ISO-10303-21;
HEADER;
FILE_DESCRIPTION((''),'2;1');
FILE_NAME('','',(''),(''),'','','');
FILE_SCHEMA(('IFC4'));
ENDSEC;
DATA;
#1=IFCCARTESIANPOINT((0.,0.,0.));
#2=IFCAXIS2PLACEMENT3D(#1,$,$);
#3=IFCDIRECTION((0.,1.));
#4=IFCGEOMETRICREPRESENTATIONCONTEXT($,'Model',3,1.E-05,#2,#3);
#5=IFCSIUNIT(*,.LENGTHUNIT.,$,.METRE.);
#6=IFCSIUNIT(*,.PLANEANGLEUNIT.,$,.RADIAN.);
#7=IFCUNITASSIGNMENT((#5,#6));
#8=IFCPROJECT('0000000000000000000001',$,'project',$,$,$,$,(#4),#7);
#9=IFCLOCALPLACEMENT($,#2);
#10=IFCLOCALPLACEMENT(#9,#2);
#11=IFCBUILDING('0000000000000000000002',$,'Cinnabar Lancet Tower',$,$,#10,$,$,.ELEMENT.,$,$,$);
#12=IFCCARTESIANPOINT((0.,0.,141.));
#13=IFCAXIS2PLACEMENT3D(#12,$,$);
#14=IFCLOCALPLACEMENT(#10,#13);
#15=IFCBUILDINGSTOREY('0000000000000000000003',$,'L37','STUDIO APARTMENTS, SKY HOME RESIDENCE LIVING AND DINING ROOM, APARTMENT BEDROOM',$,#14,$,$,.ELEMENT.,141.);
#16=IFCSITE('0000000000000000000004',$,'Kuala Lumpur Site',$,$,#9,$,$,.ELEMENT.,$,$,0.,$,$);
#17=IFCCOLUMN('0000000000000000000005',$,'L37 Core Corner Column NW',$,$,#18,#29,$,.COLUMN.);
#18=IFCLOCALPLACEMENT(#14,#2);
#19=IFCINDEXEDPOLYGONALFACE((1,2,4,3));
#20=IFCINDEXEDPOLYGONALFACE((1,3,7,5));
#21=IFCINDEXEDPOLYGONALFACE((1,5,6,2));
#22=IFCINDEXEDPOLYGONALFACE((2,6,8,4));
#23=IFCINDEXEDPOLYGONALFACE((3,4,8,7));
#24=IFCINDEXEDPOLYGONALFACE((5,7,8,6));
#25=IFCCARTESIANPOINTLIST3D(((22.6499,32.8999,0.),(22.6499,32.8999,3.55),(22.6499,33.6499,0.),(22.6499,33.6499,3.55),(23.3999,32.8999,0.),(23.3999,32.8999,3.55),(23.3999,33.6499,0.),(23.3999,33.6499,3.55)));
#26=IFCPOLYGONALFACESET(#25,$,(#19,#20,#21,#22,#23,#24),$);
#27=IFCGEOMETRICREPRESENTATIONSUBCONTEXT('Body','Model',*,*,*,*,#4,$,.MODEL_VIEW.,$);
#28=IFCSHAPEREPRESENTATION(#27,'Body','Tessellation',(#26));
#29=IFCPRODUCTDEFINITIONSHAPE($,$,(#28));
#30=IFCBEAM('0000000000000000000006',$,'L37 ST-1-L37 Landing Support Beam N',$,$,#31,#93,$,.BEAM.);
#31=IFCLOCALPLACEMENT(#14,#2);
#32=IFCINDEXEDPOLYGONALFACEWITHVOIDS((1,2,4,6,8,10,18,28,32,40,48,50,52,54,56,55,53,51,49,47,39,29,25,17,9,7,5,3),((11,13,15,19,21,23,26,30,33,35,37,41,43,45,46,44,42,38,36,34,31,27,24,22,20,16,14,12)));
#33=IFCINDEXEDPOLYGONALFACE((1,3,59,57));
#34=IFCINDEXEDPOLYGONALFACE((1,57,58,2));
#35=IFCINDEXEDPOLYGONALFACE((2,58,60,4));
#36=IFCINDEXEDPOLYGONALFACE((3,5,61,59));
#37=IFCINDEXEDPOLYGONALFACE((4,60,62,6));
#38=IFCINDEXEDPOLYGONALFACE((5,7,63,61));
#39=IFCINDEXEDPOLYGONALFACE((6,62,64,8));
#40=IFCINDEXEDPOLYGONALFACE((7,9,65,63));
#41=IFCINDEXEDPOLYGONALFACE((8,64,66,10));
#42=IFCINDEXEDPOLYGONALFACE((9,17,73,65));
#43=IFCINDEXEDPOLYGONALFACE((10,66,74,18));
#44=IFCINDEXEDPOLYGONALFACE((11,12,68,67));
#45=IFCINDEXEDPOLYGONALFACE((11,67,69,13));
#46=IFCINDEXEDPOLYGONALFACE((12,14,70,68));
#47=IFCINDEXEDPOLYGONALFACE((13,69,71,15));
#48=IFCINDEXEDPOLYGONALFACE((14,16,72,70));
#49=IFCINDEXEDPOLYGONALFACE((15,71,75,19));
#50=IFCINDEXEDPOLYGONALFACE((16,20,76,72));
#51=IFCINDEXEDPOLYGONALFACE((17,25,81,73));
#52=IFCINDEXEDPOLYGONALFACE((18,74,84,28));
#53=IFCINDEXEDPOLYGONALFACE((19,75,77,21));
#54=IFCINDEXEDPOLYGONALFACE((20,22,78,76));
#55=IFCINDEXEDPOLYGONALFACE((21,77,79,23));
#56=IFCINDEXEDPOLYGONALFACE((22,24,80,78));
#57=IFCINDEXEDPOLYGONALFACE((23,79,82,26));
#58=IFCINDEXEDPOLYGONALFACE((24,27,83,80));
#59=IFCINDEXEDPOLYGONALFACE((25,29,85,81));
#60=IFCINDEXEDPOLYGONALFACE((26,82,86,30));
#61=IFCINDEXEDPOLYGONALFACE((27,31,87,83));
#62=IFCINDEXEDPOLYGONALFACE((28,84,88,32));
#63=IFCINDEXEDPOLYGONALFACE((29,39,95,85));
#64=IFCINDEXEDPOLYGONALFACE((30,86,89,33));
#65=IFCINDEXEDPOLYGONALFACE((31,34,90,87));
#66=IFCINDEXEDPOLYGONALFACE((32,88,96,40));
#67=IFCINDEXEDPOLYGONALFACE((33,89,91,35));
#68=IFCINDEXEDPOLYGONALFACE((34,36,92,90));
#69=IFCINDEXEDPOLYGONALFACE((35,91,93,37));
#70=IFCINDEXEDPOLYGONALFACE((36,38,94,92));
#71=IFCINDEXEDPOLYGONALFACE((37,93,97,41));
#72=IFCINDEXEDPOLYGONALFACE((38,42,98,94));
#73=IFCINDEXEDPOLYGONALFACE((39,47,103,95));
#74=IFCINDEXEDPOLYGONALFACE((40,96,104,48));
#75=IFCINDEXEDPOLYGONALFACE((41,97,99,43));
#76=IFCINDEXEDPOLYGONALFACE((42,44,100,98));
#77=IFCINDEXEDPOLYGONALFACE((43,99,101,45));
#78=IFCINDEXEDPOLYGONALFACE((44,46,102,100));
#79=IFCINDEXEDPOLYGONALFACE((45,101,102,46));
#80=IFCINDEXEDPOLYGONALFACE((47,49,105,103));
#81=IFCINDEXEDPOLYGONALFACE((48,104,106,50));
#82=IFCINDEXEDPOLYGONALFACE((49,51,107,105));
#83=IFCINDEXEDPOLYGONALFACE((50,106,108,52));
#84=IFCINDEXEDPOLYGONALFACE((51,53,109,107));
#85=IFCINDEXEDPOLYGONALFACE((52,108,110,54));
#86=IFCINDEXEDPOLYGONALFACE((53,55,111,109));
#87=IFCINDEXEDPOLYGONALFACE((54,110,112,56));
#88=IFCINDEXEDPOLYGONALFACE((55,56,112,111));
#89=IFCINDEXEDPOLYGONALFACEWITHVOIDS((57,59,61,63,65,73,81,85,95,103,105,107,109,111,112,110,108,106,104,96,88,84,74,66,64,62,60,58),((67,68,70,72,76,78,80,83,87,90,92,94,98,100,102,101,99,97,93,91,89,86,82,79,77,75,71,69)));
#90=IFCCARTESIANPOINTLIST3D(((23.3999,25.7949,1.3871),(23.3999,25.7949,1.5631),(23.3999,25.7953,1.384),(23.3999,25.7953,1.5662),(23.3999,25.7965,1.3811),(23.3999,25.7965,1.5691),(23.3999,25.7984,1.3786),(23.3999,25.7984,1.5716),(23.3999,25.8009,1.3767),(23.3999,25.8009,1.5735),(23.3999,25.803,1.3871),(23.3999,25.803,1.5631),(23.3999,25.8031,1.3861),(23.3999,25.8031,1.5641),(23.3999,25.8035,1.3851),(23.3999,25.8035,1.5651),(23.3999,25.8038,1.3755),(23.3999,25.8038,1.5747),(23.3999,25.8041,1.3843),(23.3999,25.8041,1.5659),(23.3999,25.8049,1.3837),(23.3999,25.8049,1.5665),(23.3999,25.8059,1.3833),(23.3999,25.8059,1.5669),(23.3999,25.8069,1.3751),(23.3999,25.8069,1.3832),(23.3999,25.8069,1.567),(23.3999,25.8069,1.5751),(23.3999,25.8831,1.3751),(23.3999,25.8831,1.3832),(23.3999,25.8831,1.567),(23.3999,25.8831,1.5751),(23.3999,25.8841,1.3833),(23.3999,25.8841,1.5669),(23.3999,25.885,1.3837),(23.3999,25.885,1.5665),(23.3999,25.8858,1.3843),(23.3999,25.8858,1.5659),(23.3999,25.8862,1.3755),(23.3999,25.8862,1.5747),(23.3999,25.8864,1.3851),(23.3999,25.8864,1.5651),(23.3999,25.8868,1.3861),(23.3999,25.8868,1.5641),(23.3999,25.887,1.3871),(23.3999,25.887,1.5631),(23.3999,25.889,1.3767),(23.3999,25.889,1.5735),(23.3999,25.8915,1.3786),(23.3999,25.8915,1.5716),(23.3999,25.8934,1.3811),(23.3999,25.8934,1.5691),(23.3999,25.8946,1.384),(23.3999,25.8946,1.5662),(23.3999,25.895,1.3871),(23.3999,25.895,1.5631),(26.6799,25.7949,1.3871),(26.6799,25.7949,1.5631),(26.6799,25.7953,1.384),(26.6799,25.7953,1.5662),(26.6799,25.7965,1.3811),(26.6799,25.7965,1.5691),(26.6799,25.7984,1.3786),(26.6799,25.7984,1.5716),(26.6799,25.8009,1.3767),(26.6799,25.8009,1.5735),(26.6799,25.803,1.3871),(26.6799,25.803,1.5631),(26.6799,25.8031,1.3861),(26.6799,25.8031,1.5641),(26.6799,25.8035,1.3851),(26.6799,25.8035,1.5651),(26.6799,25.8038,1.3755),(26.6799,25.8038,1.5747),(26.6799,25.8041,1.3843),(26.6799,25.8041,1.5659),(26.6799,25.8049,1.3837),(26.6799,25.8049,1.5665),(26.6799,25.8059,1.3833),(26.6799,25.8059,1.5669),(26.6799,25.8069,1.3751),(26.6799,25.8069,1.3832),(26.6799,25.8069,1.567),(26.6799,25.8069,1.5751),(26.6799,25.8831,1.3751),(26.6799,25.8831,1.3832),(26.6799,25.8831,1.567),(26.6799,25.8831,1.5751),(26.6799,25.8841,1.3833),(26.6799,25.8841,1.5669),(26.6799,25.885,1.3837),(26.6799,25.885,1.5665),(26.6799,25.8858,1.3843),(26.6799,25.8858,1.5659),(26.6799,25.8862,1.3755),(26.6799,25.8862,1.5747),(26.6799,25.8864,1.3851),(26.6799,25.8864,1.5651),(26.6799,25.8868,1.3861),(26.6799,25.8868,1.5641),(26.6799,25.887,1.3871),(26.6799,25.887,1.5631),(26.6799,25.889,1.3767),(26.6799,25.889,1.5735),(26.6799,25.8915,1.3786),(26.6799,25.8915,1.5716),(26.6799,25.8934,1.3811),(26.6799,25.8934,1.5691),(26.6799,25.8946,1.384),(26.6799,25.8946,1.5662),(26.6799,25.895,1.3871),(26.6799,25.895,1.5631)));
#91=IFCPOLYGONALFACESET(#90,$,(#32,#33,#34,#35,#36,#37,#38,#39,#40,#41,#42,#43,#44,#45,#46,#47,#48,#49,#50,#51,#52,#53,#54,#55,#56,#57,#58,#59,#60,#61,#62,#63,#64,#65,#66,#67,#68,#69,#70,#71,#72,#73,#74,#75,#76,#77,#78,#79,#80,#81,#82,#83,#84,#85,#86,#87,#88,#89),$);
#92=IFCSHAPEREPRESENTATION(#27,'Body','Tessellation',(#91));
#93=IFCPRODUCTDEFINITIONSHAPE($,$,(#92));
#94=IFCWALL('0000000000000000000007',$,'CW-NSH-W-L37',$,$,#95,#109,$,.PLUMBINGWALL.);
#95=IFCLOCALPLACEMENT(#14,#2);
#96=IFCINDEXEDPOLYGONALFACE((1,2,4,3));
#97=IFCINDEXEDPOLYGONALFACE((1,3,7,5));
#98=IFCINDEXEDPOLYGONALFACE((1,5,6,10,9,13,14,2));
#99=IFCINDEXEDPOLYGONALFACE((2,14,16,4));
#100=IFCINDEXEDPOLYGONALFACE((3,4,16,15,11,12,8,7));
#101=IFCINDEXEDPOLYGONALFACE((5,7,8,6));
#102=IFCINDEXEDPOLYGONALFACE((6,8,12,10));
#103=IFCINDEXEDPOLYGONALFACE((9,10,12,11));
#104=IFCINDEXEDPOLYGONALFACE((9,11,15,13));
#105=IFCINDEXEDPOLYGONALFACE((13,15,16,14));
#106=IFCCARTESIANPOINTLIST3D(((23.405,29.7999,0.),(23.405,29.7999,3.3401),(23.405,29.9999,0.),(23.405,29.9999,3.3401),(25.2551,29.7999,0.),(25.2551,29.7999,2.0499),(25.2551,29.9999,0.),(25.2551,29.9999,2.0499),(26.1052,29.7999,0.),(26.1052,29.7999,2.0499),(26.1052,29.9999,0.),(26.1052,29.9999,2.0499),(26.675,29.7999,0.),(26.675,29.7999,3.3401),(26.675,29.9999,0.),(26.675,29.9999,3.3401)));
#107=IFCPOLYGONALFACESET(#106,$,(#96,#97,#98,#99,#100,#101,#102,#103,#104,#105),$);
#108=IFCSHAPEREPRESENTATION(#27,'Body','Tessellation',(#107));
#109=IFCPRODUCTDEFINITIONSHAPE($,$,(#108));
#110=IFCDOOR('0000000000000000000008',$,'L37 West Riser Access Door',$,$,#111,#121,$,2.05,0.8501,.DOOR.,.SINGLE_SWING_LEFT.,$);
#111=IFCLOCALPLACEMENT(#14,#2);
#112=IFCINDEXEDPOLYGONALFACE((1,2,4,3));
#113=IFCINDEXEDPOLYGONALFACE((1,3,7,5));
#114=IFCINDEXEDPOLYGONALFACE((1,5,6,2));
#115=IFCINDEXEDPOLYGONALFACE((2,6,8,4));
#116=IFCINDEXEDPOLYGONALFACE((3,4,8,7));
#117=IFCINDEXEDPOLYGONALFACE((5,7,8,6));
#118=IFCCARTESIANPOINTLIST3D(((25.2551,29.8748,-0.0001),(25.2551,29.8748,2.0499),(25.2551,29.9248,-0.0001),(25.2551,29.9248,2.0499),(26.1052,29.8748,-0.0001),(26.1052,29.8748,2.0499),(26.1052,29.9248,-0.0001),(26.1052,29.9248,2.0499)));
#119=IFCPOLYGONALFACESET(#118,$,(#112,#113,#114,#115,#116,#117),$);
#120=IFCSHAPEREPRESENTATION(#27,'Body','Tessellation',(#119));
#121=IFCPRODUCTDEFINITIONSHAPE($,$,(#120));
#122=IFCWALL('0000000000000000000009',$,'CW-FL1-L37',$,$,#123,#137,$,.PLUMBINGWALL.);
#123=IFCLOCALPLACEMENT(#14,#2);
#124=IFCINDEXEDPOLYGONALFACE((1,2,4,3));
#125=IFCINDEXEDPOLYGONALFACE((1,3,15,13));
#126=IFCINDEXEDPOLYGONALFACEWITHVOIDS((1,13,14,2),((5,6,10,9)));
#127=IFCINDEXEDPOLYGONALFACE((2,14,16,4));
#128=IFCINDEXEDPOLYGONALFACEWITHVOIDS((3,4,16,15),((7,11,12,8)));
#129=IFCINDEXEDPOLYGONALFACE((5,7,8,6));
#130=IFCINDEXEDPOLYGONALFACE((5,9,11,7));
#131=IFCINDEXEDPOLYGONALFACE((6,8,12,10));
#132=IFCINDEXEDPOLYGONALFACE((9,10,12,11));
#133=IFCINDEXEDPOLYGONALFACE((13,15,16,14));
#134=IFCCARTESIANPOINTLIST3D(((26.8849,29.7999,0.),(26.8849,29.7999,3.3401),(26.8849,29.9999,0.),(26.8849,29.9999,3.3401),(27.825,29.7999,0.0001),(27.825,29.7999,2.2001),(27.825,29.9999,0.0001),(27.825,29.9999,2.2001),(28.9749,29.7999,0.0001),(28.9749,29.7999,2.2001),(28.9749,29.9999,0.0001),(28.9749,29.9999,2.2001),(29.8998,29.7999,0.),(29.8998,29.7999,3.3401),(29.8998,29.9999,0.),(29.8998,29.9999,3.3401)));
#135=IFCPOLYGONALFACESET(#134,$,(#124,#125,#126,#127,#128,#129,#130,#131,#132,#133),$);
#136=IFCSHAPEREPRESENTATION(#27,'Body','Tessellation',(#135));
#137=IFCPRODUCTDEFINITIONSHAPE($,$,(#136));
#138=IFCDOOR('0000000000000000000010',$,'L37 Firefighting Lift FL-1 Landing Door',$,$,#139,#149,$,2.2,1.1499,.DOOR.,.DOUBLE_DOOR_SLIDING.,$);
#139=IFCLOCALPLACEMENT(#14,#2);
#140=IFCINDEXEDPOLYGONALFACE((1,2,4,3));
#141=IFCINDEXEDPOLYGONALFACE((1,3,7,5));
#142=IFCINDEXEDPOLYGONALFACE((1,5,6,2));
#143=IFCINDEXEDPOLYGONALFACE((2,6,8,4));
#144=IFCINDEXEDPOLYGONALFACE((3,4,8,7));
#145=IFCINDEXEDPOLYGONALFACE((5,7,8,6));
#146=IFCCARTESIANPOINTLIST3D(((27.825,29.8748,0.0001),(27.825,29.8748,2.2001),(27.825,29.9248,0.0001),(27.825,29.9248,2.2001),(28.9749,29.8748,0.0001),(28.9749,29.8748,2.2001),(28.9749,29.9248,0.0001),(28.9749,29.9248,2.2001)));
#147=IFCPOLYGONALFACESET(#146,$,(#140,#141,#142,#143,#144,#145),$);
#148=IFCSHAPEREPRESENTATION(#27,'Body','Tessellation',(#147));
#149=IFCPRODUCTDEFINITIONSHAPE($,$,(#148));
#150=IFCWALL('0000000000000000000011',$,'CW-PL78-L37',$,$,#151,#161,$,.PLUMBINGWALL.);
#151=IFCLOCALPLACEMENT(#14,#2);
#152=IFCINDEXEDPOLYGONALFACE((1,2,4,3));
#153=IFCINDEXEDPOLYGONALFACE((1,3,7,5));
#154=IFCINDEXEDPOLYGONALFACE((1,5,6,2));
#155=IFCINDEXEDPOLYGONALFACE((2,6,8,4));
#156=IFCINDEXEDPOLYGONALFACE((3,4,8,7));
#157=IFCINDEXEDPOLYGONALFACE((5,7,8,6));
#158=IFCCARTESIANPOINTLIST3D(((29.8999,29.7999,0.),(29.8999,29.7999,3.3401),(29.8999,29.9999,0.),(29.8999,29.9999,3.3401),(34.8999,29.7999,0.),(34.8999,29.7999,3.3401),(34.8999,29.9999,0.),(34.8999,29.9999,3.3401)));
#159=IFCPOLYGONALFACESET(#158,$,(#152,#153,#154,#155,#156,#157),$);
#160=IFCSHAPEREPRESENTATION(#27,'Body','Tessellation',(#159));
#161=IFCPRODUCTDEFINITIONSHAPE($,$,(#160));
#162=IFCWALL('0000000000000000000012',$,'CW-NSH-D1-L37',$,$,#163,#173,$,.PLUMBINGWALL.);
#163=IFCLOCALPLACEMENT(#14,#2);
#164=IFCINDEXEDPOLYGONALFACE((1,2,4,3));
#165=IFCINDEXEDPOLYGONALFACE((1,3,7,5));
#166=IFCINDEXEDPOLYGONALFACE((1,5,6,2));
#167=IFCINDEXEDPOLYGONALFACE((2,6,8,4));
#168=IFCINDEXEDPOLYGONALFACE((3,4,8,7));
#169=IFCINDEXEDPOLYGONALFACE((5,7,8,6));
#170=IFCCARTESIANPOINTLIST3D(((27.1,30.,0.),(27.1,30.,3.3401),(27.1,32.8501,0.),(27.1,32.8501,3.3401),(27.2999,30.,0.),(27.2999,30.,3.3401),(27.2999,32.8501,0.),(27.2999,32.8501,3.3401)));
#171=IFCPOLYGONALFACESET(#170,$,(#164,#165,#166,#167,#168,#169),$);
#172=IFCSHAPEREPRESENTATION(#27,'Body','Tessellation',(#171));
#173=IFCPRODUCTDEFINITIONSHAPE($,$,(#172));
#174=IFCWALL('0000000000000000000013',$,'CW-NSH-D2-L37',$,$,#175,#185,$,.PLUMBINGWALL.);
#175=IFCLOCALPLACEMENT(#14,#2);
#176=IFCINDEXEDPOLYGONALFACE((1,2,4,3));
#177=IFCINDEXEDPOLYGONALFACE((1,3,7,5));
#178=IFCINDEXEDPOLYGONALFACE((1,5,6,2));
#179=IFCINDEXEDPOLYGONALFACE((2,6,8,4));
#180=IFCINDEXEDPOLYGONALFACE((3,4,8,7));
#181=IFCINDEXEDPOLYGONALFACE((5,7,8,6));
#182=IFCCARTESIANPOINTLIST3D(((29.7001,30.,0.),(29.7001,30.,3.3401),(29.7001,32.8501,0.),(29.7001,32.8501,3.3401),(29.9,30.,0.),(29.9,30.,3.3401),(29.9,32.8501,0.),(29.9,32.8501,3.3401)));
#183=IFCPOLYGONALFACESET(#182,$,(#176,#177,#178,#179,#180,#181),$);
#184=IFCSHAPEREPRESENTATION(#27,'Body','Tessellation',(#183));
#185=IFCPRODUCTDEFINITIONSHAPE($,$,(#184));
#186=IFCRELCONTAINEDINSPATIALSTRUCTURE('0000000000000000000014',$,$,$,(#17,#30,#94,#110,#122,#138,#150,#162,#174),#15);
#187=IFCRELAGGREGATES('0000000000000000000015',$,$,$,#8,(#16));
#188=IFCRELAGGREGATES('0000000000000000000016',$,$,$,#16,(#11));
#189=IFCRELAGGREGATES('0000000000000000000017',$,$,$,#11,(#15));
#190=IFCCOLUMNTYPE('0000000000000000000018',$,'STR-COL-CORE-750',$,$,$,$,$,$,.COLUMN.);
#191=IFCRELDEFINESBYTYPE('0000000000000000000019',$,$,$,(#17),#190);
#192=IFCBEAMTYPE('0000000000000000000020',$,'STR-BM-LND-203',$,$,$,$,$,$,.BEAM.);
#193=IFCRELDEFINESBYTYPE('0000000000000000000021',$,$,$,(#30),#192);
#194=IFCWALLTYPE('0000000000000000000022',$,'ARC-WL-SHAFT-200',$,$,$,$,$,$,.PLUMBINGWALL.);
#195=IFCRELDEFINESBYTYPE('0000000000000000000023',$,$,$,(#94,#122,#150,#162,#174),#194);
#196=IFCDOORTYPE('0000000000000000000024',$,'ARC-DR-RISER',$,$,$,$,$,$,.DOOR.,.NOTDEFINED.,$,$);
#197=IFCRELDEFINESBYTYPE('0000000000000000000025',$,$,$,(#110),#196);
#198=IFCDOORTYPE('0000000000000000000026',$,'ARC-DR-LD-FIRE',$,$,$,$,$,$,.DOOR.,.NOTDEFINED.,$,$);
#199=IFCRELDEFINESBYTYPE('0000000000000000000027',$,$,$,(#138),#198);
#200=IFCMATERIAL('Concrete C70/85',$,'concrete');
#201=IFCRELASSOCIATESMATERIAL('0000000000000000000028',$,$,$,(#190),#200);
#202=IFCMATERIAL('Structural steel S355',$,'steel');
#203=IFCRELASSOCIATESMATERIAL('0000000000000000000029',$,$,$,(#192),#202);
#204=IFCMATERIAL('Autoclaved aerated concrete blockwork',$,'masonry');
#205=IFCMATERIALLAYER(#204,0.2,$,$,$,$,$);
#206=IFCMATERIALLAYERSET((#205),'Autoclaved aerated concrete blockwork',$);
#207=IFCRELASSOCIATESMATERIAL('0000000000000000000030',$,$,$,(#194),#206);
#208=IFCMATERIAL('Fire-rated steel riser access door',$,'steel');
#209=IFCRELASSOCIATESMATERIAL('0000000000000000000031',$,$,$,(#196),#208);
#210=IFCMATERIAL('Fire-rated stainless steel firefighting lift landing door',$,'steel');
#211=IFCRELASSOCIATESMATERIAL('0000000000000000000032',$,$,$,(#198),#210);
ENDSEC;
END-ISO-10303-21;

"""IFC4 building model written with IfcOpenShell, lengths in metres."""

from ifc_helpers import new_model, si_unit, direction, frame, frame_2d, origin, origin_2d, place, context, subcontext, project, spatial, rectangle, hollow_rectangle, extrude, material, layer, layer_set, material_profile, profile_set, type_object, element, fill, save


model = new_model("IFC4")

# Units and contexts
model_context = context("Model", 3, precision=1e-05, world=origin(), true_north=direction((0.0, 1.0)))
body_context = subcontext(model_context, "Body", "Model", "MODEL_VIEW")
ifc_project = project(units=[si_unit("LENGTHUNIT", "METRE"), si_unit("PLANEANGLEUNIT", "RADIAN")], contexts=[model_context])

# Site, building, storey
site_placement = place(None, origin())
site = spatial("IfcSite", under=ifc_project, at=site_placement, Name="Kuala Lumpur Site", CompositionType="ELEMENT", RefElevation=0.0)
building_placement = place(site_placement, origin())
building = spatial("IfcBuilding", under=site, at=building_placement, Name="Cinnabar Lancet Tower", CompositionType="ELEMENT")
storey_placement = place(building_placement, frame((0.0, 0.0, 141.0)))
storey = spatial("IfcBuildingStorey", under=building, at=storey_placement, Name="L37", Description="STUDIO APARTMENTS, SKY HOME RESIDENCE LIVING AND DINING ROOM, APARTMENT BEDROOM", CompositionType="ELEMENT", Elevation=141.0)

# Column
ifc_material_1 = material(Name="Concrete C70/85", Category="concrete")
ifc_material_profile_1 = material_profile(ifc_material_1, rectangle(XDim=0.75, YDim=0.75, at=origin_2d()), Name="RC-COL 750x750")
ifc_profile_set_1 = profile_set([ifc_material_profile_1], Name="Concrete C70/85")
column_type = type_object("IfcColumnType", Name="STR-COL-CORE-750", PredefinedType="COLUMN", material=ifc_profile_set_1)
column_placement = place(storey_placement, frame((23.0249, 33.2749, 0.0), z_axis=(0.0, 0.0, 1.0), x_axis=(1.0, 0.0, 0.0)))
element("IfcColumn", 1, at=column_placement, inside=storey, type_object=column_type, Name="L37 Core Corner Column NW", PredefinedType="COLUMN", context=body_context, shape_type="SweptSolid", body=[
    extrude(rectangle(XDim=0.75, YDim=0.75, at=origin_2d()), origin(), (0.0, 0.0, 1.0), 3.55),
])

# Beam
ifc_material_2 = material(Name="Structural steel S355", Category="steel")
ifc_material_profile_2 = material_profile(ifc_material_2, hollow_rectangle(XDim=0.1001, YDim=0.2, WallThickness=0.0081, InnerFilletRadius=0.0039, OuterFilletRadius=0.012, at=origin_2d()), Name="RHS 200x100x8")
ifc_profile_set_2 = profile_set([ifc_material_profile_2], Name="Structural steel S355")
beam_type = type_object("IfcBeamType", Name="STR-BM-LND-203", PredefinedType="BEAM", material=ifc_profile_set_2)
beam_placement = place(storey_placement, frame((23.3999, 25.845, 1.4751), z_axis=(1.0, 0.0, 0.0), x_axis=(0.0, 1.0, 0.0)))
element("IfcBeam", 2, at=beam_placement, inside=storey, type_object=beam_type, Name="L37 ST-1-L37 Landing Support Beam N", PredefinedType="BEAM", context=body_context, shape_type="SweptSolid", body=[
    extrude(hollow_rectangle(XDim=0.1001, YDim=0.2, WallThickness=0.0081, InnerFilletRadius=0.0039, OuterFilletRadius=0.012, at=origin_2d()), origin(), (0.0, 0.0, 1.0), 3.28),
])

# Walls, openings, doors
ifc_material_3 = material(Name="Autoclaved aerated concrete blockwork", Category="masonry")
ifc_layer_1 = layer(ifc_material_3, 0.2)
ifc_layer_set_1 = layer_set([ifc_layer_1], Name="Autoclaved aerated concrete blockwork")
wall_type_1 = type_object("IfcWallType", Name="ARC-WL-SHAFT-200", PredefinedType="PLUMBINGWALL", material=ifc_layer_set_1)
wall_1_placement = place(storey_placement, frame((23.405, 29.8999, 0.0), z_axis=(0.0, 0.0, 1.0), x_axis=(1.0, 0.0, 0.0)))
wall_1 = element("IfcWall", 3, at=wall_1_placement, inside=storey, type_object=wall_type_1, Name="CW-NSH-W-L37", PredefinedType="PLUMBINGWALL", context=body_context, shape_type="SweptSolid", body=[
    extrude(rectangle(XDim=3.27, YDim=0.2, at=frame_2d((1.635, 0.0))), origin(), (0.0, 0.0, 1.0), 3.3401),
])
opening_1_placement = place(wall_1_placement, frame((1.8501, 0.0, 0.0)))
opening_1 = element("IfcOpeningElement", 4, at=opening_1_placement, cuts=wall_1, PredefinedType="OPENING", context=body_context, shape_type="SweptSolid", body=[
    extrude(rectangle(XDim=0.8501, YDim=2.05, at=frame_2d((0.425, 1.0249))), frame((0.0, 0.1099, 0.0), z_axis=(0.0, -1.0, 0.0), x_axis=(1.0, 0.0, 0.0)), (0.0, 0.0, 1.0), 0.22),
])
ifc_material_4 = material(Name="Fire-rated steel riser access door", Category="steel")
door_type_1 = type_object("IfcDoorType", Name="ARC-DR-RISER", OperationType="NOTDEFINED", PredefinedType="DOOR", material=ifc_material_4)
door_1_placement = place(opening_1_placement, origin())
door_1 = element("IfcDoor", 5, at=door_1_placement, inside=storey, type_object=door_type_1, Name="L37 West Riser Access Door", OperationType="SINGLE_SWING_LEFT", OverallHeight=2.05, OverallWidth=0.8501, PredefinedType="DOOR", context=body_context, shape_type="SweptSolid", body=[
    extrude(rectangle(XDim=0.8501, YDim=2.05, at=frame_2d((0.425, 1.0249))), frame((0.0, 0.0249, 0.0), z_axis=(0.0, -1.0, 0.0), x_axis=(1.0, 0.0, 0.0)), (0.0, 0.0, 1.0), 0.05),
])
fill(opening_1, door_1)
wall_2_placement = place(storey_placement, frame((26.885, 29.8999, 0.0), z_axis=(0.0, 0.0, 1.0), x_axis=(1.0, 0.0, 0.0)))
wall_2 = element("IfcWall", 6, at=wall_2_placement, inside=storey, type_object=wall_type_1, Name="CW-FL1-L37", PredefinedType="PLUMBINGWALL", context=body_context, shape_type="SweptSolid", body=[
    extrude(rectangle(XDim=3.0149, YDim=0.2, at=frame_2d((1.5073, 0.0))), origin(), (0.0, 0.0, 1.0), 3.3401),
])
opening_2_placement = place(wall_2_placement, frame((0.9399, 0.0, 0.0)))
opening_2 = element("IfcOpeningElement", 7, at=opening_2_placement, cuts=wall_2, PredefinedType="OPENING", context=body_context, shape_type="SweptSolid", body=[
    extrude(rectangle(XDim=1.1499, YDim=2.2, at=frame_2d((0.575, 1.1001))), frame((0.0, 0.1099, 0.0), z_axis=(0.0, -1.0, 0.0), x_axis=(1.0, 0.0, 0.0)), (0.0, 0.0, 1.0), 0.22),
])
ifc_material_5 = material(Name="Fire-rated stainless steel firefighting lift landing door", Category="steel")
door_type_2 = type_object("IfcDoorType", Name="ARC-DR-LD-FIRE", OperationType="NOTDEFINED", PredefinedType="DOOR", material=ifc_material_5)
door_2_placement = place(opening_2_placement, origin())
door_2 = element("IfcDoor", 8, at=door_2_placement, inside=storey, type_object=door_type_2, Name="L37 Firefighting Lift FL-1 Landing Door", OperationType="DOUBLE_DOOR_SLIDING", OverallHeight=2.2, OverallWidth=1.1499, PredefinedType="DOOR", context=body_context, shape_type="SweptSolid", body=[
    extrude(rectangle(XDim=1.1499, YDim=2.2, at=frame_2d((0.575, 1.1001))), frame((0.0, 0.0249, 0.0), z_axis=(0.0, -1.0, 0.0), x_axis=(1.0, 0.0, 0.0)), (0.0, 0.0, 1.0), 0.05),
])
fill(opening_2, door_2)

# Walls
wall_3_placement = place(storey_placement, frame((29.8999, 29.8999, 0.0), z_axis=(0.0, 0.0, 1.0), x_axis=(1.0, 0.0, 0.0)))
element("IfcWall", 9, at=wall_3_placement, inside=storey, type_object=wall_type_1, Name="CW-PL78-L37", PredefinedType="PLUMBINGWALL", context=body_context, shape_type="SweptSolid", body=[
    extrude(rectangle(XDim=5.0, YDim=0.2, at=frame_2d((2.5, 0.0))), origin(), (0.0, 0.0, 1.0), 3.3401),
])
for number, where, z_axis, x_axis, name in (
    (10, (27.2, 30.0, 0.0), (0.0, 0.0, 1.0), (0.0, 1.0, 0.0), "CW-NSH-D1-L37"),
    (11, (29.8, 30.0, 0.0), (0.0, 0.0, 1.0), (0.0, 1.0, 0.0), "CW-NSH-D2-L37"),
):
    element("IfcWall", number, at=place(storey_placement, frame(where, z_axis=z_axis, x_axis=x_axis)), inside=storey, type_object=wall_type_1, Name=name, PredefinedType="PLUMBINGWALL", context=body_context, shape_type="SweptSolid", body=[
        extrude(rectangle(XDim=2.8501, YDim=0.2, at=frame_2d((1.425, 0.0))), origin(), (0.0, 0.0, 1.0), 3.3401),
    ])

save(model, "model.ifc")
